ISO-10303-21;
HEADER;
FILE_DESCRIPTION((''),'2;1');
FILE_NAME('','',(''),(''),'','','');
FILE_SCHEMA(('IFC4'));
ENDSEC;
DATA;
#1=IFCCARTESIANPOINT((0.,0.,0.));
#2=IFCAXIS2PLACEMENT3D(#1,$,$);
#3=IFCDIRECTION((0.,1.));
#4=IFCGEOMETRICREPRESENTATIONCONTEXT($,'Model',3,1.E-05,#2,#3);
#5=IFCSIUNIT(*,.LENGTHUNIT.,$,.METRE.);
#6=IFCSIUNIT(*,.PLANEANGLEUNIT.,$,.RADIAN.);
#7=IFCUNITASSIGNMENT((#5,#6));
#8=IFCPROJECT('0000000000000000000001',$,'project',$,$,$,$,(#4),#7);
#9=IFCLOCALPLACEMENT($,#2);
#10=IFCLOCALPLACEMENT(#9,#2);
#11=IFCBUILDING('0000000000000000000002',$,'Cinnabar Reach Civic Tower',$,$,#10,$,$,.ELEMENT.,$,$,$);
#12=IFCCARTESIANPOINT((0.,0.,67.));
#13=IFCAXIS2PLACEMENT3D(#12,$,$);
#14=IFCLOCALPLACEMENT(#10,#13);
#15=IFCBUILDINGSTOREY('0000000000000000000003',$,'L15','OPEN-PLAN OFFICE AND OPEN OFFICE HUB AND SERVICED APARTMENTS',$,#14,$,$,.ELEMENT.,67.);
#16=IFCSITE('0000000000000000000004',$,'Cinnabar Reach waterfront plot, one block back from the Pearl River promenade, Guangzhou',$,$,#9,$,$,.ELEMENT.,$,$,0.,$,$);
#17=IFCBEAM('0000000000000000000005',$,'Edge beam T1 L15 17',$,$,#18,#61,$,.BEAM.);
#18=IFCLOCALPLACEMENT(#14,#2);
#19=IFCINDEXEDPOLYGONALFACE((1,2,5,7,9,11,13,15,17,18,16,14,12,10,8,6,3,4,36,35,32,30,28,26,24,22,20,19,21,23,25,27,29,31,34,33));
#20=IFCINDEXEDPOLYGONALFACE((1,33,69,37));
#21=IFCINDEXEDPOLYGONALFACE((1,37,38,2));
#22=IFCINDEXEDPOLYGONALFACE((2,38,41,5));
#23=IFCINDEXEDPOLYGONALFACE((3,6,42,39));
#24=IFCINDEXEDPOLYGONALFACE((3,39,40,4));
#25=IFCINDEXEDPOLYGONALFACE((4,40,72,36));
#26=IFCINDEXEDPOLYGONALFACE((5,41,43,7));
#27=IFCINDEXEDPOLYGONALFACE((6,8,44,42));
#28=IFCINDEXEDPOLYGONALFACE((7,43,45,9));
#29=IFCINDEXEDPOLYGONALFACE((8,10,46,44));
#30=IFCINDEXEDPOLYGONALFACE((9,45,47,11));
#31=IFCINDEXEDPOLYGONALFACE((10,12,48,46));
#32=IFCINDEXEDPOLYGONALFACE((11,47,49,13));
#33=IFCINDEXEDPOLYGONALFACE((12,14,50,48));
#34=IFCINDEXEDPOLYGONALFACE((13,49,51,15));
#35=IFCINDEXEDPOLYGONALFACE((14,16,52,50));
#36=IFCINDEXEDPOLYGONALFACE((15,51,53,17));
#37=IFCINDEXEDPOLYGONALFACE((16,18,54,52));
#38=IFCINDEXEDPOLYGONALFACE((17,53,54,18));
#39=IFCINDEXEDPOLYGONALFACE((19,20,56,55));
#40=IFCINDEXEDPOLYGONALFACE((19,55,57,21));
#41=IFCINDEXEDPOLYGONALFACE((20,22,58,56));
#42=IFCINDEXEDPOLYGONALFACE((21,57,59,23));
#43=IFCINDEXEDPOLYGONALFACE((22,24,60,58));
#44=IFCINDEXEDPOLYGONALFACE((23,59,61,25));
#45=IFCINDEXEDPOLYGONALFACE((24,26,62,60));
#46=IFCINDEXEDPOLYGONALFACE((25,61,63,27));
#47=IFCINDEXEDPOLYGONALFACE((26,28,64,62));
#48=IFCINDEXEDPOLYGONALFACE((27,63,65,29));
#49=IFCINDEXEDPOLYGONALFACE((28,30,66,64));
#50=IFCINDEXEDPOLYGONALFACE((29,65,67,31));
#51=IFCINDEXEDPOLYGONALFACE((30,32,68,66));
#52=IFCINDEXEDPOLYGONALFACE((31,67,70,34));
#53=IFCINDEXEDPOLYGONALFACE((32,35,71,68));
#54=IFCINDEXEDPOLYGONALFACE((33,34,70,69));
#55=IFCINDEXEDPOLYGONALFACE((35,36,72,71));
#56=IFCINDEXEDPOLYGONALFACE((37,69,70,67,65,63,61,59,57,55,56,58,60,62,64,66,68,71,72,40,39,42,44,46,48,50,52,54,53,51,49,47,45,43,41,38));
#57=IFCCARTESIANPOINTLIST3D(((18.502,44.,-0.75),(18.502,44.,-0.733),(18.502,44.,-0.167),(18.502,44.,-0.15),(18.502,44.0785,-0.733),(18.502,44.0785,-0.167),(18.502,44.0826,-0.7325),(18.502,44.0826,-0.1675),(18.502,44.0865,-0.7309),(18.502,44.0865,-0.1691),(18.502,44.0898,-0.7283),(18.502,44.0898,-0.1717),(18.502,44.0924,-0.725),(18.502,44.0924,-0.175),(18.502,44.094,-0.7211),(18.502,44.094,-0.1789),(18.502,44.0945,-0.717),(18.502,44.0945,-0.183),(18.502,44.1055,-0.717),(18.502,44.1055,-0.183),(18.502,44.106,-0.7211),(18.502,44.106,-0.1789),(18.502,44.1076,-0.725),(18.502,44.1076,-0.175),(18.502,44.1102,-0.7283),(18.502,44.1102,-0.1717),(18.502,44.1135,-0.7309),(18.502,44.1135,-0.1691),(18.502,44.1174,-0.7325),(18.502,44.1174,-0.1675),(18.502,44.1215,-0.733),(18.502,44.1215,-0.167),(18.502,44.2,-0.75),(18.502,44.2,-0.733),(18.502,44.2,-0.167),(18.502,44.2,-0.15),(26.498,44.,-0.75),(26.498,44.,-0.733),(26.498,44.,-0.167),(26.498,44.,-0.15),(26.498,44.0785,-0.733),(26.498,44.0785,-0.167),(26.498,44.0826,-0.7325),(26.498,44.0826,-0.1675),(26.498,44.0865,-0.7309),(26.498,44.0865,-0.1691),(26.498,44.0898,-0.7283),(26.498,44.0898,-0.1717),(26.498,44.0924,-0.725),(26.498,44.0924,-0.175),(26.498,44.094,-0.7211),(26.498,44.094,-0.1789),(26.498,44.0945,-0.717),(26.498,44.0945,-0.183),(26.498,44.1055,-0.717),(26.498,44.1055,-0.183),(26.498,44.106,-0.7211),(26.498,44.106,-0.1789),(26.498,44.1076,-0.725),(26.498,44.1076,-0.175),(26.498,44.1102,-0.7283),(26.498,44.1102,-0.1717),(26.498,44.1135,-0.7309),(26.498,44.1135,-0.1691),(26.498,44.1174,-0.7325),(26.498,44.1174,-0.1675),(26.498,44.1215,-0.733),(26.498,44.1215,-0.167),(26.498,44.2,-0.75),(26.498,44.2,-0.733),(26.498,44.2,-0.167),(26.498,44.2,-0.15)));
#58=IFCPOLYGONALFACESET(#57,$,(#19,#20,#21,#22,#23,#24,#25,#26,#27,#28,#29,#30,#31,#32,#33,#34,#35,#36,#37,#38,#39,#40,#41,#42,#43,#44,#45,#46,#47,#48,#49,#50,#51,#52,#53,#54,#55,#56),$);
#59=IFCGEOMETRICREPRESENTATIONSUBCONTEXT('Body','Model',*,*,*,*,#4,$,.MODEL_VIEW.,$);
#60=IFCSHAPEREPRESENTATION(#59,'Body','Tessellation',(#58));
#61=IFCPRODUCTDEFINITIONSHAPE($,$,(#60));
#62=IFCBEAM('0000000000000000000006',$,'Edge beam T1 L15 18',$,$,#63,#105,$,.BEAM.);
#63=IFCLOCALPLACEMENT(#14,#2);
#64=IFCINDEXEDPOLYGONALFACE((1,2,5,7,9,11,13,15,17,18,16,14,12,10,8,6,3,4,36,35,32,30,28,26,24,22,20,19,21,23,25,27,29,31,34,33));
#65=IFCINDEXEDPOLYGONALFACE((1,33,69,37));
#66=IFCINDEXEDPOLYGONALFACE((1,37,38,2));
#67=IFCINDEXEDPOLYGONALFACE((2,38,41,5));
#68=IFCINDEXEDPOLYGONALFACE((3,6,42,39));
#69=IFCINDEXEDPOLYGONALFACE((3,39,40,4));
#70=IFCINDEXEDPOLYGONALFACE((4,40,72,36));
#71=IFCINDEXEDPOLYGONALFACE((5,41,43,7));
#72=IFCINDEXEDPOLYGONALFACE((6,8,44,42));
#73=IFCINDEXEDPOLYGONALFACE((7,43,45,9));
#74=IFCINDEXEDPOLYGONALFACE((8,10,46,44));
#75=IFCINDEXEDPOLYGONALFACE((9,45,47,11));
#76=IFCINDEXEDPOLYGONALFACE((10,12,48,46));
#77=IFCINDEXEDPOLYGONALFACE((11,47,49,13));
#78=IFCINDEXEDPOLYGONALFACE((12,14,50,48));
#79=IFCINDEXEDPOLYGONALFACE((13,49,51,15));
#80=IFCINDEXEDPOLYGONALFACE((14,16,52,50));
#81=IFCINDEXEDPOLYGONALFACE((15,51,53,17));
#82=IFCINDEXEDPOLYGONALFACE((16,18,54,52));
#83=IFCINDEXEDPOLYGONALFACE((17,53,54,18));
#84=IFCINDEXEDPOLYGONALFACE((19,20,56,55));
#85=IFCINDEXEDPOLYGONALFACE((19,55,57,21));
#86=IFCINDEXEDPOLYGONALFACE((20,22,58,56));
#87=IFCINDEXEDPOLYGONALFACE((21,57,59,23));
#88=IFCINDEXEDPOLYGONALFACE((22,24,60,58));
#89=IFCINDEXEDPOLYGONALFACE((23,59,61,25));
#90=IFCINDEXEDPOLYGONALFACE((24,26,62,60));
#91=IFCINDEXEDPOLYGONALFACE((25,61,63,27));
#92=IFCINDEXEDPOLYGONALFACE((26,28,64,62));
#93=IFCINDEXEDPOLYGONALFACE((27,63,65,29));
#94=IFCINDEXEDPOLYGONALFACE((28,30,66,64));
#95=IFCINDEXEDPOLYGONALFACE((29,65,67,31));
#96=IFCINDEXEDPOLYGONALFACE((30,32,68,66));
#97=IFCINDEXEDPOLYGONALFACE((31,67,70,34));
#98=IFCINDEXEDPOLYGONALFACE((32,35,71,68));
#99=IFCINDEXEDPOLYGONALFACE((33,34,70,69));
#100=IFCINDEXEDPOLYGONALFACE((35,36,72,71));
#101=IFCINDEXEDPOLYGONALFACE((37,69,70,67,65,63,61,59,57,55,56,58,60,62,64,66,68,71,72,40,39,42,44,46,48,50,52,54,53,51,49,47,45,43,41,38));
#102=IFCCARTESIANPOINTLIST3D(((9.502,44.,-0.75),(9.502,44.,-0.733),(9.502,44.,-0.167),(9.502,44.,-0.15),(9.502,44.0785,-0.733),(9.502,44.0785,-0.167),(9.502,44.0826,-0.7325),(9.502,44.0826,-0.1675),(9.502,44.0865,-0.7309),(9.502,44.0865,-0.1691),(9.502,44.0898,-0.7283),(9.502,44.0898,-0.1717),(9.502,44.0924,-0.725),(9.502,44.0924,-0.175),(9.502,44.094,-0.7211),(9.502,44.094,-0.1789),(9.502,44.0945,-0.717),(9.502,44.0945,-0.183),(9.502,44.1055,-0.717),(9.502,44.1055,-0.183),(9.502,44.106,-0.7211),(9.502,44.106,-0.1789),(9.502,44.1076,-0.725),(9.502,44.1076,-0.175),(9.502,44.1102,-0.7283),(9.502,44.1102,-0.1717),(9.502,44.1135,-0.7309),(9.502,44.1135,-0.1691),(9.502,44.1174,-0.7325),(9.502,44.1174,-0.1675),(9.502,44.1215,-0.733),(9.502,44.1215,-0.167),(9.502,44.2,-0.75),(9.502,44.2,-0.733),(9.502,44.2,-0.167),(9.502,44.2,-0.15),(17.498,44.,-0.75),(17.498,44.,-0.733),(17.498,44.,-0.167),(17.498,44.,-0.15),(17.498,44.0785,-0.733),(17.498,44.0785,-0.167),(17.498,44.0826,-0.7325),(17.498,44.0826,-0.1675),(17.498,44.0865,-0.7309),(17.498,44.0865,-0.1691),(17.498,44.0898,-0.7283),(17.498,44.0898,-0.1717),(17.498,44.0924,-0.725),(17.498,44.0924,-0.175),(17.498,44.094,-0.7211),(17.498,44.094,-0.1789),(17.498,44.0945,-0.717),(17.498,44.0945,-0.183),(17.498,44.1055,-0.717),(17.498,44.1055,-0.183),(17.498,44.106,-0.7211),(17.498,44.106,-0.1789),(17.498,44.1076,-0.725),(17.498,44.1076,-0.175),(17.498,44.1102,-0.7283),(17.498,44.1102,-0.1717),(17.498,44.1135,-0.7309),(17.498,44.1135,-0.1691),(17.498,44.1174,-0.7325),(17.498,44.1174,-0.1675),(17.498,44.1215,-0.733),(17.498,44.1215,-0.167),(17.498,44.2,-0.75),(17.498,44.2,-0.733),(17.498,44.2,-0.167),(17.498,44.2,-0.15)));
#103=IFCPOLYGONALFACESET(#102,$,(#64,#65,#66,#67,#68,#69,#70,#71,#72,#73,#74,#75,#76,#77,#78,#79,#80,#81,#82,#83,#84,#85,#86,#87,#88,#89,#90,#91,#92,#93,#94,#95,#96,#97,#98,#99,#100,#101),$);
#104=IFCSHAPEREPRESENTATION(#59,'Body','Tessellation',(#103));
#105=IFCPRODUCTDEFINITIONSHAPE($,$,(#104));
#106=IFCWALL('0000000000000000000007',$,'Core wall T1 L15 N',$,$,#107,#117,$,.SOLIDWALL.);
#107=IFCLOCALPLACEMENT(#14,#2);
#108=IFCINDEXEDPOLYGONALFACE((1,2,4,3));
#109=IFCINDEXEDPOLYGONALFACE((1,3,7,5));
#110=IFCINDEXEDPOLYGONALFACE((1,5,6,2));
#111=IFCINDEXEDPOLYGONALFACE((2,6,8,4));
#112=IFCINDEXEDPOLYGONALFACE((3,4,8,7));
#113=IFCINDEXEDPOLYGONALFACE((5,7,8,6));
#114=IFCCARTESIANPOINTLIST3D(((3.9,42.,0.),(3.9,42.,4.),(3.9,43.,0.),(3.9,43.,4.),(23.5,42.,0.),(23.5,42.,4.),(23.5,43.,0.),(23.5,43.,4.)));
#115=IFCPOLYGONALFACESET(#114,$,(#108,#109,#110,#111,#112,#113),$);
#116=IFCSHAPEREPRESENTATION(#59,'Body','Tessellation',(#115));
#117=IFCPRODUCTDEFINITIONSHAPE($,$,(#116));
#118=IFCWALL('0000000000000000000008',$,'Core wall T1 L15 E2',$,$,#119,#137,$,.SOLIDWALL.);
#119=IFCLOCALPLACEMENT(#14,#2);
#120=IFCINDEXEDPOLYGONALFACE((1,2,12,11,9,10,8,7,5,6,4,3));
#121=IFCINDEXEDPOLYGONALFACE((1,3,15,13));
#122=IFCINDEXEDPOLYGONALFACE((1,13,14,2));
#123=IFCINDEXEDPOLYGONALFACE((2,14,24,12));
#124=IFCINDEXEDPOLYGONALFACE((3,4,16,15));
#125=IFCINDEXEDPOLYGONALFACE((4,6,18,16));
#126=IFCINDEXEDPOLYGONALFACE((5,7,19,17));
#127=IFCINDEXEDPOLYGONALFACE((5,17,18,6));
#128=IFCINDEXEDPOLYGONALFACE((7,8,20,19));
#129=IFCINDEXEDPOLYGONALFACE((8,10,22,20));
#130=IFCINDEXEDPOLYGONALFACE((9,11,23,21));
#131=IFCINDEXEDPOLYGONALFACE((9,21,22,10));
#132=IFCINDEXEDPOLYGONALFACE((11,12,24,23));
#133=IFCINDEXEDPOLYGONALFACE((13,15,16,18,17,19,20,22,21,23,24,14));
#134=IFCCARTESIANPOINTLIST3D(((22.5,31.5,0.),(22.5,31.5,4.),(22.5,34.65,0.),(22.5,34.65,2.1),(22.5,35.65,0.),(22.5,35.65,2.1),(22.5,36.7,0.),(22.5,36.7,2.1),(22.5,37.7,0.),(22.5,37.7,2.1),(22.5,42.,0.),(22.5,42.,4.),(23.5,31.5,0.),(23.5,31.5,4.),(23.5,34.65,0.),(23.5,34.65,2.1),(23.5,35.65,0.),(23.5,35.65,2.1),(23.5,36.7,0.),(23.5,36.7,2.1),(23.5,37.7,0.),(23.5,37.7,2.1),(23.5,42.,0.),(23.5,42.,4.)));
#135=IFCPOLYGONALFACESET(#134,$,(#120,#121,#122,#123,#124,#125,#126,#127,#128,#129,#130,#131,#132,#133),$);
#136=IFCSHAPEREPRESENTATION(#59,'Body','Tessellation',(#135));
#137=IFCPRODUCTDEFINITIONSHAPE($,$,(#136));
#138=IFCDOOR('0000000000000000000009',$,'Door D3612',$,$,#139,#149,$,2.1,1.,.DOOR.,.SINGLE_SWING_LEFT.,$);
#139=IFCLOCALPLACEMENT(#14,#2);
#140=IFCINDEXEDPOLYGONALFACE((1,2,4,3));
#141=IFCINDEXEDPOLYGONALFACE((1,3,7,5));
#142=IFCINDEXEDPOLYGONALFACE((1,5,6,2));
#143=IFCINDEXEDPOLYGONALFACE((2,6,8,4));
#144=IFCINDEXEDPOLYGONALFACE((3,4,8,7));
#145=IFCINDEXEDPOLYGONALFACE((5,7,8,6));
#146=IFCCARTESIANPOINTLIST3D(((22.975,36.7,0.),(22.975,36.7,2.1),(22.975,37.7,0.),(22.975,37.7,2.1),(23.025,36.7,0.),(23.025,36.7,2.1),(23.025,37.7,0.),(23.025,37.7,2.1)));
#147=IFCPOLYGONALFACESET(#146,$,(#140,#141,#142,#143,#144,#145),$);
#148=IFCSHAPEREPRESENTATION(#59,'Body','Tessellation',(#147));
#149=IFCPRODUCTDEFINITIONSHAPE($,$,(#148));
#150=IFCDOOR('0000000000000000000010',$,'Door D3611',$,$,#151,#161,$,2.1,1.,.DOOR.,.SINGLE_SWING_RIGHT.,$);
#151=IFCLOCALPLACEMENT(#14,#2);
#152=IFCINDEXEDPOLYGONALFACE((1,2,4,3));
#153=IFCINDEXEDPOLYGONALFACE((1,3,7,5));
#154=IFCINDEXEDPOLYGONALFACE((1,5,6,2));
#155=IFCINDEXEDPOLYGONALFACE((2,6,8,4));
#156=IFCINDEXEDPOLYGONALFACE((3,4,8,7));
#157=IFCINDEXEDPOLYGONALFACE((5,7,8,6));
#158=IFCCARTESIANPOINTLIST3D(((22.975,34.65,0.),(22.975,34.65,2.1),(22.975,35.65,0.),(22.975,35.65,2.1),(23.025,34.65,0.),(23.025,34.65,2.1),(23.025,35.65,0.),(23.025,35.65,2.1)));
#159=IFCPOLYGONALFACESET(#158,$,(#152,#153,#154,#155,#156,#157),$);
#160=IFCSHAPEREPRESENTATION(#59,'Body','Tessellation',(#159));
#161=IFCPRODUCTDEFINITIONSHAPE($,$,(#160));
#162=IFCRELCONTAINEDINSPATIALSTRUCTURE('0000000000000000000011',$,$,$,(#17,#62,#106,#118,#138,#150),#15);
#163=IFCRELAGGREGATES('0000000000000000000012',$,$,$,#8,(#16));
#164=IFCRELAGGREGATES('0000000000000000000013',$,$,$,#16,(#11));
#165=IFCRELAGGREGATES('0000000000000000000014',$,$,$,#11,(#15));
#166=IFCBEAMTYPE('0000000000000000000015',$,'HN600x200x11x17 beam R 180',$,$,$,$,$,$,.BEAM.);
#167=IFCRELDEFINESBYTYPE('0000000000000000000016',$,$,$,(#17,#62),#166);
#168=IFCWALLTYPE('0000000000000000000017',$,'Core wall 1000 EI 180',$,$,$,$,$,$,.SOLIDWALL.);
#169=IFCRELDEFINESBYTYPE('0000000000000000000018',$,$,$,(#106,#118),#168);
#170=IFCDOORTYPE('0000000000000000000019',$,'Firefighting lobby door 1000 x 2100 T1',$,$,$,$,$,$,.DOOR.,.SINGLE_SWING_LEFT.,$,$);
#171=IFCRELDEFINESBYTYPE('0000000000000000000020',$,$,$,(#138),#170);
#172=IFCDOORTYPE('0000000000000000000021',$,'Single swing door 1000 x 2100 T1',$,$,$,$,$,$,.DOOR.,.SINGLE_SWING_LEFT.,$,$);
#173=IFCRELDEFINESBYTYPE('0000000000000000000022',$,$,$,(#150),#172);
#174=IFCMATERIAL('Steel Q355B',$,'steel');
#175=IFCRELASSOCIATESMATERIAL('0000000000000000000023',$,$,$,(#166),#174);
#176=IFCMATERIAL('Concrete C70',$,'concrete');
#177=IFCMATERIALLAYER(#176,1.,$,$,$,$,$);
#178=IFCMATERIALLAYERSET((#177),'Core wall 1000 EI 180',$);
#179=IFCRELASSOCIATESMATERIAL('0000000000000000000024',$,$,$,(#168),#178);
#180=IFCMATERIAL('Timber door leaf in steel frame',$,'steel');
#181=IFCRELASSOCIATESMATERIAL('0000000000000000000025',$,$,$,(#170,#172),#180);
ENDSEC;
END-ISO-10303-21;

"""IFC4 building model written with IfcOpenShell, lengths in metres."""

from ifc_helpers import new_model, si_unit, direction, frame, frame_2d, origin, origin_2d, place, context, subcontext, project, spatial, rectangle, i_section, extrude, material, layer, layer_set, material_profile, profile_set, type_object, element, fill, save


model = new_model("IFC4")

# Units and contexts
model_context = context("Model", 3, precision=1e-05, world=origin(), true_north=direction((0.0, 1.0)))
body_context = subcontext(model_context, "Body", "Model", "MODEL_VIEW")
ifc_project = project(units=[si_unit("LENGTHUNIT", "METRE"), si_unit("PLANEANGLEUNIT", "RADIAN")], contexts=[model_context])

# Site, building, storey
site_placement = place(None, origin())
site = spatial("IfcSite", under=ifc_project, at=site_placement, Name="Cinnabar Reach waterfront plot, one block back from the Pearl River promenade, Guangzhou", CompositionType="ELEMENT", RefElevation=0.0)
building_placement = place(site_placement, origin())
building = spatial("IfcBuilding", under=site, at=building_placement, Name="Cinnabar Reach Civic Tower", CompositionType="ELEMENT")
storey_placement = place(building_placement, frame((0.0, 0.0, 67.0)))
storey = spatial("IfcBuildingStorey", under=building, at=storey_placement, Name="L15", Description="OPEN-PLAN OFFICE AND OPEN OFFICE HUB AND SERVICED APARTMENTS", CompositionType="ELEMENT", Elevation=67.0)

# Shared definitions
ifc_material_1 = material(Name="Concrete C70", Category="concrete")

# Beams
ifc_material_2 = material(Name="Steel Q355B", Category="steel")
ifc_material_profile_1 = material_profile(ifc_material_2, i_section(OverallWidth=0.2, OverallDepth=0.6, WebThickness=0.011, FlangeThickness=0.017, FilletRadius=0.016, at=origin_2d()), Name="HN600x200x11x17")
ifc_profile_set_1 = profile_set([ifc_material_profile_1], Name="Steel Q355B")
beam_type_1 = type_object("IfcBeamType", Name="HN600x200x11x17 beam R 180", PredefinedType="BEAM", material=ifc_profile_set_1)
for number, where, z_axis, x_axis, name in (
    (1, (26.498, 44.1, -0.45), (-1.0, 0.0, 0.0), (0.0, -1.0, 0.0), "Edge beam T1 L15 17"),
    (2, (17.498, 44.1, -0.45), (-1.0, 0.0, 0.0), (0.0, -1.0, 0.0), "Edge beam T1 L15 18"),
):
    element("IfcBeam", number, at=place(storey_placement, frame(where, z_axis=z_axis, x_axis=x_axis)), inside=storey, type_object=beam_type_1, Name=name, PredefinedType="BEAM", context=body_context, shape_type="SweptSolid", body=[
        extrude(i_section(OverallWidth=0.2, OverallDepth=0.6, WebThickness=0.011, FlangeThickness=0.017, FilletRadius=0.016, at=origin_2d()), origin(), (0.0, 0.0, 1.0), 7.996),
    ])

# Wall
ifc_layer_1 = layer(ifc_material_1, 1.0)
ifc_layer_set_1 = layer_set([ifc_layer_1], Name="Core wall 1000 EI 180")
wall_type_1 = type_object("IfcWallType", Name="Core wall 1000 EI 180", PredefinedType="SOLIDWALL", material=ifc_layer_set_1)
wall_1_placement = place(storey_placement, frame((23.5, 42.5, 0.0), z_axis=(0.0, 0.0, 1.0), x_axis=(-1.0, 0.0, 0.0)))
element("IfcWall", 3, at=wall_1_placement, inside=storey, type_object=wall_type_1, Name="Core wall T1 L15 N", PredefinedType="SOLIDWALL", context=body_context, shape_type="SweptSolid", body=[
    extrude(rectangle(XDim=19.6, YDim=1.0, at=frame_2d((9.8, 0.0))), origin(), (0.0, 0.0, 1.0), 4.0),
])

# Wall, openings, doors
wall_2_placement = place(storey_placement, frame((23.0, 31.5, 0.0), z_axis=(0.0, 0.0, 1.0), x_axis=(0.0, 1.0, 0.0)))
wall_2 = element("IfcWall", 4, at=wall_2_placement, inside=storey, type_object=wall_type_1, Name="Core wall T1 L15 E2", PredefinedType="SOLIDWALL", context=body_context, shape_type="SweptSolid", body=[
    extrude(rectangle(XDim=10.5, YDim=1.0, at=frame_2d((5.25, 0.0))), origin(), (0.0, 0.0, 1.0), 4.0),
])
opening_1_placement = place(wall_2_placement, frame((3.15, 0.0, 0.0)))
opening_1 = element("IfcOpeningElement", 5, at=opening_1_placement, cuts=wall_2, PredefinedType="OPENING", context=body_context, shape_type="SweptSolid", body=[
    extrude(rectangle(XDim=1.0, YDim=2.1, at=frame_2d((0.5, 1.05))), frame((0.0, 0.51, 0.0), z_axis=(0.0, -1.0, 0.0), x_axis=(1.0, 0.0, 0.0)), (0.0, 0.0, 1.0), 1.02),
])
opening_2_placement = place(wall_2_placement, frame((5.2, 0.0, 0.0)))
opening_2 = element("IfcOpeningElement", 6, at=opening_2_placement, cuts=wall_2, PredefinedType="OPENING", context=body_context, shape_type="SweptSolid", body=[
    extrude(rectangle(XDim=1.0, YDim=2.1, at=frame_2d((0.5, 1.05))), frame((0.0, 0.51, 0.0), z_axis=(0.0, -1.0, 0.0), x_axis=(1.0, 0.0, 0.0)), (0.0, 0.0, 1.0), 1.02),
])
ifc_material_3 = material(Name="Timber door leaf in steel frame", Category="steel")
door_type_1 = type_object("IfcDoorType", Name="Firefighting lobby door 1000 x 2100 T1", OperationType="SINGLE_SWING_LEFT", PredefinedType="DOOR", material=ifc_material_3)
door_1_placement = place(opening_2_placement, origin())
door_1 = element("IfcDoor", 7, at=door_1_placement, inside=storey, type_object=door_type_1, Name="Door D3612", OperationType="SINGLE_SWING_LEFT", OverallHeight=2.1, OverallWidth=1.0, PredefinedType="DOOR", context=body_context, shape_type="SweptSolid", body=[
    extrude(rectangle(XDim=1.0, YDim=2.1, at=frame_2d((0.5, 1.05))), frame((0.0, 0.025, 0.0), z_axis=(0.0, -1.0, 0.0), x_axis=(1.0, 0.0, 0.0)), (0.0, 0.0, 1.0), 0.05),
])
fill(opening_2, door_1)
door_type_2 = type_object("IfcDoorType", Name="Single swing door 1000 x 2100 T1", OperationType="SINGLE_SWING_LEFT", PredefinedType="DOOR", material=ifc_material_3)
door_2_placement = place(opening_1_placement, origin())
door_2 = element("IfcDoor", 8, at=door_2_placement, inside=storey, type_object=door_type_2, Name="Door D3611", OperationType="SINGLE_SWING_RIGHT", OverallHeight=2.1, OverallWidth=1.0, PredefinedType="DOOR", context=body_context, shape_type="SweptSolid", body=[
    extrude(rectangle(XDim=1.0, YDim=2.1, at=frame_2d((0.5, 1.05))), frame((0.0, 0.025, 0.0), z_axis=(0.0, -1.0, 0.0), x_axis=(1.0, 0.0, 0.0)), (0.0, 0.0, 1.0), 0.05),
])
fill(opening_1, door_2)

save(model, "model.ifc")
